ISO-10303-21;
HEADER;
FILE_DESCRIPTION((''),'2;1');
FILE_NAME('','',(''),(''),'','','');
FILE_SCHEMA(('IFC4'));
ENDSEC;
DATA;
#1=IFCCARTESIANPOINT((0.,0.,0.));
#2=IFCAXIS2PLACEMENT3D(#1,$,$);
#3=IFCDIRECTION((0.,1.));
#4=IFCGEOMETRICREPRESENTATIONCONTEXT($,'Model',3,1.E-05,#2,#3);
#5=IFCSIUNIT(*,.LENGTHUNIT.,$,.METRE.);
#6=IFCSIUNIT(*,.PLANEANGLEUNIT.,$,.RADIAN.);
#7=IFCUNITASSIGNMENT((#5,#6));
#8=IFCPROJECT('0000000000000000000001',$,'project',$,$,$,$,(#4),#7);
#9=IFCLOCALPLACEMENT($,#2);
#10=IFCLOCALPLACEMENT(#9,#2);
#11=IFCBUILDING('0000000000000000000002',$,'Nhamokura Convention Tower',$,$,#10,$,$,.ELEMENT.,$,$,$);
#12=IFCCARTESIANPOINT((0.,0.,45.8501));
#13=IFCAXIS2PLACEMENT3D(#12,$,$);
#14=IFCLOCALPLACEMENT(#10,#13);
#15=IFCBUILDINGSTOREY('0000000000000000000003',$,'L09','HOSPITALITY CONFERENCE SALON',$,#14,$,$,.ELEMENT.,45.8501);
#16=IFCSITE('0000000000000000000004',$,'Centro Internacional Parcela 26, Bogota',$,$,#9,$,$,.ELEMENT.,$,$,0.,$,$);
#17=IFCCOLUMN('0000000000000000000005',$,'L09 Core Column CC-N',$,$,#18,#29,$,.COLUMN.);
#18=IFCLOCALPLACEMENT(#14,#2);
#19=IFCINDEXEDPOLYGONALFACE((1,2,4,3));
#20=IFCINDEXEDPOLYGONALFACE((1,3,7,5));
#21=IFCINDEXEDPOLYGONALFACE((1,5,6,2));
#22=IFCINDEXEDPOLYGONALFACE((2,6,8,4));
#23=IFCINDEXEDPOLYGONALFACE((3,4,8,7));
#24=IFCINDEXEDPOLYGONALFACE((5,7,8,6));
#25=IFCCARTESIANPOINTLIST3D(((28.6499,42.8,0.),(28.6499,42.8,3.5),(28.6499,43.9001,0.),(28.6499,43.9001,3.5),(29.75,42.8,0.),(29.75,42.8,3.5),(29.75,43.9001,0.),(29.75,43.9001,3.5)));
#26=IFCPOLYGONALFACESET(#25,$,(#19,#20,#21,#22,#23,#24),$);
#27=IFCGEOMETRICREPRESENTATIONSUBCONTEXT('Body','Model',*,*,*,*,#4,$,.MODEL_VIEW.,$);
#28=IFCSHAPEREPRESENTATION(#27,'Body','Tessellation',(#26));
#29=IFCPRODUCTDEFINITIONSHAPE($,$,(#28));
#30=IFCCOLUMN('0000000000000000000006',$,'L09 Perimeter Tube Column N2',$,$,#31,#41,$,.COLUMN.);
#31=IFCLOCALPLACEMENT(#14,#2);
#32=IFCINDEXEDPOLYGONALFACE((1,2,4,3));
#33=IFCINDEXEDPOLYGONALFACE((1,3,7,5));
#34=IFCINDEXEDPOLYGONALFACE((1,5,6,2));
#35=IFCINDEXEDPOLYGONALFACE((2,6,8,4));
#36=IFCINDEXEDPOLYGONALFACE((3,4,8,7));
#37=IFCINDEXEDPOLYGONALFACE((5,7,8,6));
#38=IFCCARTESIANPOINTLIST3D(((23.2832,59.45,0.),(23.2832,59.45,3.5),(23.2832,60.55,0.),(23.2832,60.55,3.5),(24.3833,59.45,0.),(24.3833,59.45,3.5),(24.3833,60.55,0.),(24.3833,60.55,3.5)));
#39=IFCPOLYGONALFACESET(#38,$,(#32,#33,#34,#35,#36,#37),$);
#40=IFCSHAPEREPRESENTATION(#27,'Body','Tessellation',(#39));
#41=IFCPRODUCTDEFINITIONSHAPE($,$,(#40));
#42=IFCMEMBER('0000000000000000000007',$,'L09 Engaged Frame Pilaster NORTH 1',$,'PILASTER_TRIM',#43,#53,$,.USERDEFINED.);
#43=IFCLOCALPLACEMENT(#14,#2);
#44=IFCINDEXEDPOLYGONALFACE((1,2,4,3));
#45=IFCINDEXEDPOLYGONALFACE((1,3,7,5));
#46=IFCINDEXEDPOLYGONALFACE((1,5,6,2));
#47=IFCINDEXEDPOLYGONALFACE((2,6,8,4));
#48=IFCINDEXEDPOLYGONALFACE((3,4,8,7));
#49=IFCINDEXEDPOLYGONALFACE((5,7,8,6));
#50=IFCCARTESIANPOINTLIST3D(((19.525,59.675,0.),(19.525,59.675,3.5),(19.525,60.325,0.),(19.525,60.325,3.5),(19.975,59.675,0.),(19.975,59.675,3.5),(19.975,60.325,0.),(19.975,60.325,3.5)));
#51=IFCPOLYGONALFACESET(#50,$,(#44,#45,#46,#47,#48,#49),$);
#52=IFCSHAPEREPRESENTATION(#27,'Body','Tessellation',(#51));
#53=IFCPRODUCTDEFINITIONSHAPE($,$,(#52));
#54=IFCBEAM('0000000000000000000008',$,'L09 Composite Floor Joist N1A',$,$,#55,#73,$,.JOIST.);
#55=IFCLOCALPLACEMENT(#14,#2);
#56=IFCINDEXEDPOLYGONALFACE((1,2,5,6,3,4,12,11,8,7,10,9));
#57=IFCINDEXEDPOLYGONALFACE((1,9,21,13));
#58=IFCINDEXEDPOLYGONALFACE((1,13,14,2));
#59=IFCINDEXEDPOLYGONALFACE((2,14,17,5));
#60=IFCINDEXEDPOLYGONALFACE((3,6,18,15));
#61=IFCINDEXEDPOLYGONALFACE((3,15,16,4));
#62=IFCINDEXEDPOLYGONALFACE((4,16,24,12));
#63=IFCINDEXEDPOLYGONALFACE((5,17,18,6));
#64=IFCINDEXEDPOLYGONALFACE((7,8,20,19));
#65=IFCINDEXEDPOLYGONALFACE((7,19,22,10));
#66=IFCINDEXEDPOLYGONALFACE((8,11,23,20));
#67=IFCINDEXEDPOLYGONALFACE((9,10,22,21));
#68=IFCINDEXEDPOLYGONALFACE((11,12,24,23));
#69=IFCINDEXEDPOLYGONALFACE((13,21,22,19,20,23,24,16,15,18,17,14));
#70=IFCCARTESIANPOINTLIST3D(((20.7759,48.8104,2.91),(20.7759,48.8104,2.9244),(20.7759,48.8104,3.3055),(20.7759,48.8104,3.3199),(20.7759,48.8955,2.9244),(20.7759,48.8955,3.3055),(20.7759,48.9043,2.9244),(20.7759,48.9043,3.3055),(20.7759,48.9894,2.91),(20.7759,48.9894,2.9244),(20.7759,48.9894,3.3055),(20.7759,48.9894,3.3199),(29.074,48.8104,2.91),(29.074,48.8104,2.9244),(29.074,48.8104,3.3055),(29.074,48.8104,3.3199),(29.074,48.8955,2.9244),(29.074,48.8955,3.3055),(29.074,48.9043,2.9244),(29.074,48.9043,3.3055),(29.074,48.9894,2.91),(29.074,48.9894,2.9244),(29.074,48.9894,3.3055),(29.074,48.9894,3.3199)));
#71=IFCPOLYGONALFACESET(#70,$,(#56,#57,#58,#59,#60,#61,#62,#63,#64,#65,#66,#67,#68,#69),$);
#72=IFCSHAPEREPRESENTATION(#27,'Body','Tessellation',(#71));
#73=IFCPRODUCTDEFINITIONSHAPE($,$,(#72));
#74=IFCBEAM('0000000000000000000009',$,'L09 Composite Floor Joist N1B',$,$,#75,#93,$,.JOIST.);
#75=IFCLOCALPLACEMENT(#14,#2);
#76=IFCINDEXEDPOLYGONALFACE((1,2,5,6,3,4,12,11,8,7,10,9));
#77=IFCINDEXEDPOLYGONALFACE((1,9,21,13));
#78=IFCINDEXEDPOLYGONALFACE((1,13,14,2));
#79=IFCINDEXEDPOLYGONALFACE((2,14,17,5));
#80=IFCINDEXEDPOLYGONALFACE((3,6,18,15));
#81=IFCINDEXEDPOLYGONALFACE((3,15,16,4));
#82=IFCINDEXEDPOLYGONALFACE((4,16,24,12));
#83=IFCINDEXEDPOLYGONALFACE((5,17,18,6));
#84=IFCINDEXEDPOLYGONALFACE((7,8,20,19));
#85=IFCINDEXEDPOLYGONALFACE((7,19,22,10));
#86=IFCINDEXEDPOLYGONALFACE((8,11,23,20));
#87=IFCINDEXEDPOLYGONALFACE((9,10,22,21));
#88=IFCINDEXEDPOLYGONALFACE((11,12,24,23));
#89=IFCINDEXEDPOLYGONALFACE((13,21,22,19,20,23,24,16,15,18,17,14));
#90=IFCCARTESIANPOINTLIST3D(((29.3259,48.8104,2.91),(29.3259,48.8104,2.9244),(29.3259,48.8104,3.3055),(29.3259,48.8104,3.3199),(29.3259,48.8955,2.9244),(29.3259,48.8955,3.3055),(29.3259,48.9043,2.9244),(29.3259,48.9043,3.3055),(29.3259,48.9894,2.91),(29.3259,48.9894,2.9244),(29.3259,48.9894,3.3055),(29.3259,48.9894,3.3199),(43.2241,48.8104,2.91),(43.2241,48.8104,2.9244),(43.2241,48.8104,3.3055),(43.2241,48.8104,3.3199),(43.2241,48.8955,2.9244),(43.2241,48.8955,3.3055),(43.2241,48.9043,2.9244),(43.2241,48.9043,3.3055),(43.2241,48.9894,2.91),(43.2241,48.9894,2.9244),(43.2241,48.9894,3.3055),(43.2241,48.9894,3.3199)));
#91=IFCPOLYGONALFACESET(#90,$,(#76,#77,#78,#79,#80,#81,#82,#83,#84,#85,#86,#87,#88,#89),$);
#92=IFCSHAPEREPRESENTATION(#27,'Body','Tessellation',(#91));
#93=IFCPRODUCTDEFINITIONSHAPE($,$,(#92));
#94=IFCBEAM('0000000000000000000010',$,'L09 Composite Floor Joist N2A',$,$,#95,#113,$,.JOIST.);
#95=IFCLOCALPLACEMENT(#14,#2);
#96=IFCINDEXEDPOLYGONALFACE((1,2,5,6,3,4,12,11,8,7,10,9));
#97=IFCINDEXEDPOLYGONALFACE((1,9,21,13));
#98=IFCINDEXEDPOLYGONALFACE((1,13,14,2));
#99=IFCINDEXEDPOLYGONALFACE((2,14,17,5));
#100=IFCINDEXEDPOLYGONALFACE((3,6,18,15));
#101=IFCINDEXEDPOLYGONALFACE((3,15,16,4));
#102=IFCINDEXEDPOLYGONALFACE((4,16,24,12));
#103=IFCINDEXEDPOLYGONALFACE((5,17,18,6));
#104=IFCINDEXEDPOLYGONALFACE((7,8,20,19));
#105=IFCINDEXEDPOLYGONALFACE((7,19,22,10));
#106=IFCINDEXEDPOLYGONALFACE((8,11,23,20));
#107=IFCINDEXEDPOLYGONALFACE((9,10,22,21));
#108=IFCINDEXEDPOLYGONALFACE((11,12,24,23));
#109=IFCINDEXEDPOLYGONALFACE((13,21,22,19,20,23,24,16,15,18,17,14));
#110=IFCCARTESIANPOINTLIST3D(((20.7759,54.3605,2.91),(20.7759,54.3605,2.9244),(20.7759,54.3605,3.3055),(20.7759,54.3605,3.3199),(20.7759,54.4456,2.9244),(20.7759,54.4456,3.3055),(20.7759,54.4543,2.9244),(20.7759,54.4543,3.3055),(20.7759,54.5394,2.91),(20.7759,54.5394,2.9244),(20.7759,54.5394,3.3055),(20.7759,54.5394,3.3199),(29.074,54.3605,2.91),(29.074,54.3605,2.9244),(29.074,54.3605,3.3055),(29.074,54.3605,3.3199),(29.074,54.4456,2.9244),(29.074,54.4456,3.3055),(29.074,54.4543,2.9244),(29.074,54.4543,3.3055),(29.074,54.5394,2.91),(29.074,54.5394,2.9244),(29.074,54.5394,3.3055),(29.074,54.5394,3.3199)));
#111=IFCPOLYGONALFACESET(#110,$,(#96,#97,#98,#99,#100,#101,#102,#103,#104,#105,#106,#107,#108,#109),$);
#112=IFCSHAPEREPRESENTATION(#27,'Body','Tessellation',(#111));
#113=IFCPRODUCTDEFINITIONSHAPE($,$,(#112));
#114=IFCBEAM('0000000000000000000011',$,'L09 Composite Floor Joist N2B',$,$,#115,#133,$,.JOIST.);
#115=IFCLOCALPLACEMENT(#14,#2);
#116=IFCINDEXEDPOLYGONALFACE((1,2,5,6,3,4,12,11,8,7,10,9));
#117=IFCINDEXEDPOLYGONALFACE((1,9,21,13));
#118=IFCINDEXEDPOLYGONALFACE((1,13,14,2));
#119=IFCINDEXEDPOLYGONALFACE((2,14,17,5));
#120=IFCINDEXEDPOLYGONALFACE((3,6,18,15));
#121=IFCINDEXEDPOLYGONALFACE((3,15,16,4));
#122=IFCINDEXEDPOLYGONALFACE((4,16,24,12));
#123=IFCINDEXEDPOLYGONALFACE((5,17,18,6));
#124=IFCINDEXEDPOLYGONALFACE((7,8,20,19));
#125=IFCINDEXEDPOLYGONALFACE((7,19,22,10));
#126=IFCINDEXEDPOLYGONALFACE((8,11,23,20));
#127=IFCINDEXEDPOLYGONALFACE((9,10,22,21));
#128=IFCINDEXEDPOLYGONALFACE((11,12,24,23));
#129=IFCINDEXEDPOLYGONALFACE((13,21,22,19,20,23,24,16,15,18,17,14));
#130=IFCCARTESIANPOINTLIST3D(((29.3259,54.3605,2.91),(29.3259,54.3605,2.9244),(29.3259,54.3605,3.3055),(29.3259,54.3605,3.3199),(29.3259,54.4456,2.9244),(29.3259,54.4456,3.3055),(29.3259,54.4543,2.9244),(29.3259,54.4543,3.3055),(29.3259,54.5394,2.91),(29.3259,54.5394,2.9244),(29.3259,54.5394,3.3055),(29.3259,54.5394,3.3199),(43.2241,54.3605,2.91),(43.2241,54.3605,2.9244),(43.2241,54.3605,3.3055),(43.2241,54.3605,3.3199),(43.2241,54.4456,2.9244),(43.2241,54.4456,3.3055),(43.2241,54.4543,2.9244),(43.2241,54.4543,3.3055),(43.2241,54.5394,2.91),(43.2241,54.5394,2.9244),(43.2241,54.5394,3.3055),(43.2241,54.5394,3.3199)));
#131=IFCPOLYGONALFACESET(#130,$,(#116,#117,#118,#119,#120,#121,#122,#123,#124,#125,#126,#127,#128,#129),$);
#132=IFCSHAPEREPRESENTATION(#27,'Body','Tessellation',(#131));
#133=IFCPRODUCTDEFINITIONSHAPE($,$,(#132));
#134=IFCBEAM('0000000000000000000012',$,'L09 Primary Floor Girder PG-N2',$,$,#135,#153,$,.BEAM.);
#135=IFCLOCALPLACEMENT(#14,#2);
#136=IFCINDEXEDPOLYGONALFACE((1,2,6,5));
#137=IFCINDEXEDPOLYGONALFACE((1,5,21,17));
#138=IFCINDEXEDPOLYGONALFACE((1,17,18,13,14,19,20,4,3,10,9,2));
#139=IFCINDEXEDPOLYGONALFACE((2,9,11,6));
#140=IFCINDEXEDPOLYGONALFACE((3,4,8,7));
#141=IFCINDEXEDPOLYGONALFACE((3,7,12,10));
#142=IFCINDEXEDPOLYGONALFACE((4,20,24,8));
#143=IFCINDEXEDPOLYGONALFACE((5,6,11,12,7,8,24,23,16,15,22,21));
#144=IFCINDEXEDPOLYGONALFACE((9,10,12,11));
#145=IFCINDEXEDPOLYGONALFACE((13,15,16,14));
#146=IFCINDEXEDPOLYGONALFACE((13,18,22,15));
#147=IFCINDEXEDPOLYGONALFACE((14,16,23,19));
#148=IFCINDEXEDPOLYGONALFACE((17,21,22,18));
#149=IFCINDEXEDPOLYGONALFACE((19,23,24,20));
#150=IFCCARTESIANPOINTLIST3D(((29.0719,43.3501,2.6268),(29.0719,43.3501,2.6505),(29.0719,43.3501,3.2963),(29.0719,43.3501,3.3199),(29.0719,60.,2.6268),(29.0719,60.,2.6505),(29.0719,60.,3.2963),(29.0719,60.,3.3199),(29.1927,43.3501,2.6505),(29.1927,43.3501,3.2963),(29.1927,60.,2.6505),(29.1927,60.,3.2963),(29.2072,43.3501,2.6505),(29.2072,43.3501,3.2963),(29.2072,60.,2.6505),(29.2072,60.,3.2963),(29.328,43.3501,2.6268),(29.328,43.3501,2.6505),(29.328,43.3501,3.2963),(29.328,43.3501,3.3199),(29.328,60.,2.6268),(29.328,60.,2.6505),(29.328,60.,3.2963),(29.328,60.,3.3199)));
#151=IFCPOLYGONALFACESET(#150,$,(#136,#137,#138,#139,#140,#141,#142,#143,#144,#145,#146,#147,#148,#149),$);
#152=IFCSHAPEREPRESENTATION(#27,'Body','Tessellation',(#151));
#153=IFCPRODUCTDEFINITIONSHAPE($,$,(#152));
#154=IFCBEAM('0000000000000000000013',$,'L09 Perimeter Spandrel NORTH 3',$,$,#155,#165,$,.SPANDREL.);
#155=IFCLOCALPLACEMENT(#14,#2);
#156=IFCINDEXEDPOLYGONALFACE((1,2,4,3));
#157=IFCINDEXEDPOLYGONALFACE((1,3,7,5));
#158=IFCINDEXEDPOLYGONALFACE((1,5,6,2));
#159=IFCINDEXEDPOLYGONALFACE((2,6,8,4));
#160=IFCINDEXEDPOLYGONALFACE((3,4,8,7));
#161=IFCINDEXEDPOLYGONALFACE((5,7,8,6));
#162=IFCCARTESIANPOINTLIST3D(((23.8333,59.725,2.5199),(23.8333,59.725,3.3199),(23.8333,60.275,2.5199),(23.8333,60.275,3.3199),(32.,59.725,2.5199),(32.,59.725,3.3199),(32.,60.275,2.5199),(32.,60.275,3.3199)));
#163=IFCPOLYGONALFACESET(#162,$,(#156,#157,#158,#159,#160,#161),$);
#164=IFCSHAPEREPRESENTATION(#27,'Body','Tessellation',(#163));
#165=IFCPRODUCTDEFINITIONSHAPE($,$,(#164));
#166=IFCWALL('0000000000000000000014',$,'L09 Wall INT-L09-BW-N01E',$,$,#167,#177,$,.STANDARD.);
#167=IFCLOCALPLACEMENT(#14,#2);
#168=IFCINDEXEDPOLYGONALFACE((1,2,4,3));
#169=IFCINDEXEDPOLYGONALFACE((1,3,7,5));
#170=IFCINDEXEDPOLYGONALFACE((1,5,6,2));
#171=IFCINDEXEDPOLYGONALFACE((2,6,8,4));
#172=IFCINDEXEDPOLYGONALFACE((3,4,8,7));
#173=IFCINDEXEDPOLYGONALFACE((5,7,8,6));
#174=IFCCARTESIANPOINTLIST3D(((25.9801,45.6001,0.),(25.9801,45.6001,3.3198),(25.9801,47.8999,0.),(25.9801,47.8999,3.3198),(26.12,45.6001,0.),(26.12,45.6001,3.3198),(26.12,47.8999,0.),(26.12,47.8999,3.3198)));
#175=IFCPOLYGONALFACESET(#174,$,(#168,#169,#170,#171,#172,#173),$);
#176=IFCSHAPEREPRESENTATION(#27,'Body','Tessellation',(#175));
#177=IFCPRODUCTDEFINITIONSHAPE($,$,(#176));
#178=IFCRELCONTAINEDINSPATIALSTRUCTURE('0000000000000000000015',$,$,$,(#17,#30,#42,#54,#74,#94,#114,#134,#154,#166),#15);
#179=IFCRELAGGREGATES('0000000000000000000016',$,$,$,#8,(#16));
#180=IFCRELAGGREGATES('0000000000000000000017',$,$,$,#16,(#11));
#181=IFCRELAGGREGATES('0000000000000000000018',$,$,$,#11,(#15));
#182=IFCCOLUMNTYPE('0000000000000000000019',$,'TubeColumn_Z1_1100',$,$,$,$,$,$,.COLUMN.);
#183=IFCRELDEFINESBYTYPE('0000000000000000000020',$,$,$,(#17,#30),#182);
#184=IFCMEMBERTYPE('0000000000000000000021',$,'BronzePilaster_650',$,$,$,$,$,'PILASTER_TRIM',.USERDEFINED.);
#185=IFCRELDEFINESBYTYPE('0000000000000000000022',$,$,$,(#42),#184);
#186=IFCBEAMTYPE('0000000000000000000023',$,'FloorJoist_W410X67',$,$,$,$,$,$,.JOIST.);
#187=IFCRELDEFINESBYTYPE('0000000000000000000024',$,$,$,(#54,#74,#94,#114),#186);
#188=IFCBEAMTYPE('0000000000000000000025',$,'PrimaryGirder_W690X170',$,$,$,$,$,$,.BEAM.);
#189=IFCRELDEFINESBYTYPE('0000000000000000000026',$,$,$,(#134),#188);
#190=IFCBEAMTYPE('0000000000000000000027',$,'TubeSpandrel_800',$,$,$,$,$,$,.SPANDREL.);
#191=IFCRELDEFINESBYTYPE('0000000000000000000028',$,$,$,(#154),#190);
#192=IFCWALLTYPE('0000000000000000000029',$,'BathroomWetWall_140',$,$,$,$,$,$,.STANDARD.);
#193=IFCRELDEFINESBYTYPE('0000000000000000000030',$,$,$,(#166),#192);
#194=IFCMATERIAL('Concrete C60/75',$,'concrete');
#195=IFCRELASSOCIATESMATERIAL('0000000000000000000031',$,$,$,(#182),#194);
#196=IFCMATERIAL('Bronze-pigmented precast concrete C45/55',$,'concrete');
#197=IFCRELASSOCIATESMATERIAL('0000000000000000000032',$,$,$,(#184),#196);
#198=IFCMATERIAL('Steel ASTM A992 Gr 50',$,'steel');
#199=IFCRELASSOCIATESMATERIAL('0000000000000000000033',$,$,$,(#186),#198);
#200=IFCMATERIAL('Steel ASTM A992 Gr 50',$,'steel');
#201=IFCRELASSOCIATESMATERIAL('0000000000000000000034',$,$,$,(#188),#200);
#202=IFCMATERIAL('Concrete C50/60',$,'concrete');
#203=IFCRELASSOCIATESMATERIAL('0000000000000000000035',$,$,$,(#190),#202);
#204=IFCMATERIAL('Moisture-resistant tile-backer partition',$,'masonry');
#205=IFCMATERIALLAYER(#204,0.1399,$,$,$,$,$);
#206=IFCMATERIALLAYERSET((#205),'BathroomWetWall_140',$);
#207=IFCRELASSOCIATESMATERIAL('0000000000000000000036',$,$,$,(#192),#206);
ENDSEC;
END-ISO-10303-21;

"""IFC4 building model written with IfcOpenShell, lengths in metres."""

from ifc_helpers import new_model, si_unit, direction, frame, frame_2d, origin, origin_2d, place, context, subcontext, project, spatial, rectangle, i_section, extrude, material, layer, layer_set, material_profile, profile_set, type_object, element, save


model = new_model("IFC4")

# Units and contexts
model_context = context("Model", 3, precision=1e-05, world=origin(), true_north=direction((0.0, 1.0)))
body_context = subcontext(model_context, "Body", "Model", "MODEL_VIEW")
ifc_project = project(units=[si_unit("LENGTHUNIT", "METRE"), si_unit("PLANEANGLEUNIT", "RADIAN")], contexts=[model_context])

# Site, building, storey
site_placement = place(None, origin())
site = spatial("IfcSite", under=ifc_project, at=site_placement, Name="Centro Internacional Parcela 26, Bogota", CompositionType="ELEMENT", RefElevation=0.0)
building_placement = place(site_placement, origin())
building = spatial("IfcBuilding", under=site, at=building_placement, Name="Nhamokura Convention Tower", CompositionType="ELEMENT")
storey_placement = place(building_placement, frame((0.0, 0.0, 45.8501)))
storey = spatial("IfcBuildingStorey", under=building, at=storey_placement, Name="L09", Description="HOSPITALITY CONFERENCE SALON", CompositionType="ELEMENT", Elevation=45.8501)

# Columns
ifc_material_1 = material(Name="Concrete C60/75", Category="concrete")
ifc_material_profile_1 = material_profile(ifc_material_1, rectangle(XDim=1.1001, YDim=1.1001, at=origin_2d()))
ifc_profile_set_1 = profile_set([ifc_material_profile_1], Name="Concrete C60/75")
column_type = type_object("IfcColumnType", Name="TubeColumn_Z1_1100", PredefinedType="COLUMN", material=ifc_profile_set_1)
for number, where, z_axis, x_axis, name in (
    (1, (29.2, 43.3501, 0.0), (0.0, 0.0, 1.0), (1.0, 0.0, 0.0), "L09 Core Column CC-N"),
    (2, (23.8333, 60.0, 0.0), (0.0, 0.0, 1.0), (1.0, 0.0, 0.0), "L09 Perimeter Tube Column N2"),
):
    element("IfcColumn", number, at=place(storey_placement, frame(where, z_axis=z_axis, x_axis=x_axis)), inside=storey, type_object=column_type, Name=name, PredefinedType="COLUMN", context=body_context, shape_type="SweptSolid", body=[
        extrude(rectangle(XDim=1.1001, YDim=1.1001, at=origin_2d()), origin(), (0.0, 0.0, 1.0), 3.5),
    ])

# Member
ifc_material_2 = material(Name="Bronze-pigmented precast concrete C45/55", Category="concrete")
ifc_material_profile_2 = material_profile(ifc_material_2, rectangle(XDim=0.45, YDim=0.6499, at=origin_2d()))
ifc_profile_set_2 = profile_set([ifc_material_profile_2], Name="Bronze-pigmented precast concrete C45/55")
member_type = type_object("IfcMemberType", Name="BronzePilaster_650", ElementType="PILASTER_TRIM", PredefinedType="USERDEFINED", material=ifc_profile_set_2)
member_placement = place(storey_placement, frame((19.75, 60.0, 0.0), z_axis=(0.0, 0.0, 1.0), x_axis=(1.0, 0.0, 0.0)))
element("IfcMember", 3, at=member_placement, inside=storey, type_object=member_type, Name="L09 Engaged Frame Pilaster NORTH 1", ObjectType="PILASTER_TRIM", PredefinedType="USERDEFINED", context=body_context, shape_type="SweptSolid", body=[
    extrude(rectangle(XDim=0.45, YDim=0.6499, at=origin_2d()), origin(), (0.0, 0.0, 1.0), 3.5),
])

# Beams
ifc_material_3 = material(Name="Steel ASTM A992 Gr 50", Category="steel")
ifc_material_profile_3 = material_profile(ifc_material_3, i_section(OverallWidth=0.179, OverallDepth=0.4099, WebThickness=0.0088, FlangeThickness=0.0144, at=origin_2d()))
ifc_profile_set_3 = profile_set([ifc_material_profile_3], Name="Steel ASTM A992 Gr 50")
beam_type_1 = type_object("IfcBeamType", Name="FloorJoist_W410X67", PredefinedType="JOIST", material=ifc_profile_set_3)
beam_1_placement = place(storey_placement, frame((20.7759, 48.8999, 3.115), z_axis=(1.0, 0.0, 0.0), x_axis=(0.0, 1.0, 0.0)))
element("IfcBeam", 4, at=beam_1_placement, inside=storey, type_object=beam_type_1, Name="L09 Composite Floor Joist N1A", PredefinedType="JOIST", context=body_context, shape_type="SweptSolid", body=[
    extrude(i_section(OverallWidth=0.179, OverallDepth=0.4099, WebThickness=0.0088, FlangeThickness=0.0144, at=origin_2d()), origin(), (0.0, 0.0, 1.0), 8.2981),
])
beam_2_placement = place(storey_placement, frame((29.3259, 48.8999, 3.115), z_axis=(1.0, 0.0, 0.0), x_axis=(0.0, 1.0, 0.0)))
element("IfcBeam", 5, at=beam_2_placement, inside=storey, type_object=beam_type_1, Name="L09 Composite Floor Joist N1B", PredefinedType="JOIST", context=body_context, shape_type="SweptSolid", body=[
    extrude(i_section(OverallWidth=0.179, OverallDepth=0.4099, WebThickness=0.0088, FlangeThickness=0.0144, at=origin_2d()), origin(), (0.0, 0.0, 1.0), 13.8982),
])
beam_3_placement = place(storey_placement, frame((20.7759, 54.45, 3.115), z_axis=(1.0, 0.0, 0.0), x_axis=(0.0, 1.0, 0.0)))
element("IfcBeam", 6, at=beam_3_placement, inside=storey, type_object=beam_type_1, Name="L09 Composite Floor Joist N2A", PredefinedType="JOIST", context=body_context, shape_type="SweptSolid", body=[
    extrude(i_section(OverallWidth=0.179, OverallDepth=0.4099, WebThickness=0.0088, FlangeThickness=0.0144, at=origin_2d()), origin(), (0.0, 0.0, 1.0), 8.2981),
])
beam_4_placement = place(storey_placement, frame((29.3259, 54.45, 3.115), z_axis=(1.0, 0.0, 0.0), x_axis=(0.0, 1.0, 0.0)))
element("IfcBeam", 7, at=beam_4_placement, inside=storey, type_object=beam_type_1, Name="L09 Composite Floor Joist N2B", PredefinedType="JOIST", context=body_context, shape_type="SweptSolid", body=[
    extrude(i_section(OverallWidth=0.179, OverallDepth=0.4099, WebThickness=0.0088, FlangeThickness=0.0144, at=origin_2d()), origin(), (0.0, 0.0, 1.0), 13.8982),
])
ifc_material_4 = material(Name="Steel ASTM A992 Gr 50", Category="steel")
ifc_material_profile_4 = material_profile(ifc_material_4, i_section(OverallWidth=0.2561, OverallDepth=0.6931, WebThickness=0.0144, FlangeThickness=0.0237, at=origin_2d()))
ifc_profile_set_4 = profile_set([ifc_material_profile_4], Name="Steel ASTM A992 Gr 50")
beam_type_2 = type_object("IfcBeamType", Name="PrimaryGirder_W690X170", PredefinedType="BEAM", material=ifc_profile_set_4)
beam_5_placement = place(storey_placement, frame((29.2, 43.3501, 2.9734), z_axis=(0.0, 1.0, 0.0), x_axis=(-1.0, 0.0, 0.0)))
element("IfcBeam", 8, at=beam_5_placement, inside=storey, type_object=beam_type_2, Name="L09 Primary Floor Girder PG-N2", PredefinedType="BEAM", context=body_context, shape_type="SweptSolid", body=[
    extrude(i_section(OverallWidth=0.2561, OverallDepth=0.6931, WebThickness=0.0144, FlangeThickness=0.0237, at=origin_2d()), origin(), (0.0, 0.0, 1.0), 16.6499),
])
ifc_material_5 = material(Name="Concrete C50/60", Category="concrete")
ifc_material_profile_5 = material_profile(ifc_material_5, rectangle(XDim=0.55, YDim=0.8, at=origin_2d()))
ifc_profile_set_5 = profile_set([ifc_material_profile_5], Name="Concrete C50/60")
beam_type_3 = type_object("IfcBeamType", Name="TubeSpandrel_800", PredefinedType="SPANDREL", material=ifc_profile_set_5)
beam_6_placement = place(storey_placement, frame((23.8333, 60.0, 2.9199), z_axis=(1.0, 0.0, 0.0), x_axis=(0.0, 1.0, 0.0)))
element("IfcBeam", 9, at=beam_6_placement, inside=storey, type_object=beam_type_3, Name="L09 Perimeter Spandrel NORTH 3", PredefinedType="SPANDREL", context=body_context, shape_type="SweptSolid", body=[
    extrude(rectangle(XDim=0.55, YDim=0.8, at=origin_2d()), origin(), (0.0, 0.0, 1.0), 8.1667),
])

# Wall
ifc_material_6 = material(Name="Moisture-resistant tile-backer partition", Category="masonry")
ifc_layer_1 = layer(ifc_material_6, 0.1399)
ifc_layer_set_1 = layer_set([ifc_layer_1], Name="BathroomWetWall_140")
wall_type_1 = type_object("IfcWallType", Name="BathroomWetWall_140", PredefinedType="STANDARD", material=ifc_layer_set_1)
wall_1_placement = place(storey_placement, frame((26.05, 45.6001, 0.0), z_axis=(0.0, 0.0, 1.0), x_axis=(0.0, 1.0, 0.0)))
element("IfcWall", 10, at=wall_1_placement, inside=storey, type_object=wall_type_1, Name="L09 Wall INT-L09-BW-N01E", PredefinedType="STANDARD", context=body_context, shape_type="SweptSolid", body=[
    extrude(rectangle(XDim=2.2998, YDim=0.1399, at=frame_2d((1.1499, 0.0))), origin(), (0.0, 0.0, 1.0), 3.3198),
])

save(model, "model.ifc")
